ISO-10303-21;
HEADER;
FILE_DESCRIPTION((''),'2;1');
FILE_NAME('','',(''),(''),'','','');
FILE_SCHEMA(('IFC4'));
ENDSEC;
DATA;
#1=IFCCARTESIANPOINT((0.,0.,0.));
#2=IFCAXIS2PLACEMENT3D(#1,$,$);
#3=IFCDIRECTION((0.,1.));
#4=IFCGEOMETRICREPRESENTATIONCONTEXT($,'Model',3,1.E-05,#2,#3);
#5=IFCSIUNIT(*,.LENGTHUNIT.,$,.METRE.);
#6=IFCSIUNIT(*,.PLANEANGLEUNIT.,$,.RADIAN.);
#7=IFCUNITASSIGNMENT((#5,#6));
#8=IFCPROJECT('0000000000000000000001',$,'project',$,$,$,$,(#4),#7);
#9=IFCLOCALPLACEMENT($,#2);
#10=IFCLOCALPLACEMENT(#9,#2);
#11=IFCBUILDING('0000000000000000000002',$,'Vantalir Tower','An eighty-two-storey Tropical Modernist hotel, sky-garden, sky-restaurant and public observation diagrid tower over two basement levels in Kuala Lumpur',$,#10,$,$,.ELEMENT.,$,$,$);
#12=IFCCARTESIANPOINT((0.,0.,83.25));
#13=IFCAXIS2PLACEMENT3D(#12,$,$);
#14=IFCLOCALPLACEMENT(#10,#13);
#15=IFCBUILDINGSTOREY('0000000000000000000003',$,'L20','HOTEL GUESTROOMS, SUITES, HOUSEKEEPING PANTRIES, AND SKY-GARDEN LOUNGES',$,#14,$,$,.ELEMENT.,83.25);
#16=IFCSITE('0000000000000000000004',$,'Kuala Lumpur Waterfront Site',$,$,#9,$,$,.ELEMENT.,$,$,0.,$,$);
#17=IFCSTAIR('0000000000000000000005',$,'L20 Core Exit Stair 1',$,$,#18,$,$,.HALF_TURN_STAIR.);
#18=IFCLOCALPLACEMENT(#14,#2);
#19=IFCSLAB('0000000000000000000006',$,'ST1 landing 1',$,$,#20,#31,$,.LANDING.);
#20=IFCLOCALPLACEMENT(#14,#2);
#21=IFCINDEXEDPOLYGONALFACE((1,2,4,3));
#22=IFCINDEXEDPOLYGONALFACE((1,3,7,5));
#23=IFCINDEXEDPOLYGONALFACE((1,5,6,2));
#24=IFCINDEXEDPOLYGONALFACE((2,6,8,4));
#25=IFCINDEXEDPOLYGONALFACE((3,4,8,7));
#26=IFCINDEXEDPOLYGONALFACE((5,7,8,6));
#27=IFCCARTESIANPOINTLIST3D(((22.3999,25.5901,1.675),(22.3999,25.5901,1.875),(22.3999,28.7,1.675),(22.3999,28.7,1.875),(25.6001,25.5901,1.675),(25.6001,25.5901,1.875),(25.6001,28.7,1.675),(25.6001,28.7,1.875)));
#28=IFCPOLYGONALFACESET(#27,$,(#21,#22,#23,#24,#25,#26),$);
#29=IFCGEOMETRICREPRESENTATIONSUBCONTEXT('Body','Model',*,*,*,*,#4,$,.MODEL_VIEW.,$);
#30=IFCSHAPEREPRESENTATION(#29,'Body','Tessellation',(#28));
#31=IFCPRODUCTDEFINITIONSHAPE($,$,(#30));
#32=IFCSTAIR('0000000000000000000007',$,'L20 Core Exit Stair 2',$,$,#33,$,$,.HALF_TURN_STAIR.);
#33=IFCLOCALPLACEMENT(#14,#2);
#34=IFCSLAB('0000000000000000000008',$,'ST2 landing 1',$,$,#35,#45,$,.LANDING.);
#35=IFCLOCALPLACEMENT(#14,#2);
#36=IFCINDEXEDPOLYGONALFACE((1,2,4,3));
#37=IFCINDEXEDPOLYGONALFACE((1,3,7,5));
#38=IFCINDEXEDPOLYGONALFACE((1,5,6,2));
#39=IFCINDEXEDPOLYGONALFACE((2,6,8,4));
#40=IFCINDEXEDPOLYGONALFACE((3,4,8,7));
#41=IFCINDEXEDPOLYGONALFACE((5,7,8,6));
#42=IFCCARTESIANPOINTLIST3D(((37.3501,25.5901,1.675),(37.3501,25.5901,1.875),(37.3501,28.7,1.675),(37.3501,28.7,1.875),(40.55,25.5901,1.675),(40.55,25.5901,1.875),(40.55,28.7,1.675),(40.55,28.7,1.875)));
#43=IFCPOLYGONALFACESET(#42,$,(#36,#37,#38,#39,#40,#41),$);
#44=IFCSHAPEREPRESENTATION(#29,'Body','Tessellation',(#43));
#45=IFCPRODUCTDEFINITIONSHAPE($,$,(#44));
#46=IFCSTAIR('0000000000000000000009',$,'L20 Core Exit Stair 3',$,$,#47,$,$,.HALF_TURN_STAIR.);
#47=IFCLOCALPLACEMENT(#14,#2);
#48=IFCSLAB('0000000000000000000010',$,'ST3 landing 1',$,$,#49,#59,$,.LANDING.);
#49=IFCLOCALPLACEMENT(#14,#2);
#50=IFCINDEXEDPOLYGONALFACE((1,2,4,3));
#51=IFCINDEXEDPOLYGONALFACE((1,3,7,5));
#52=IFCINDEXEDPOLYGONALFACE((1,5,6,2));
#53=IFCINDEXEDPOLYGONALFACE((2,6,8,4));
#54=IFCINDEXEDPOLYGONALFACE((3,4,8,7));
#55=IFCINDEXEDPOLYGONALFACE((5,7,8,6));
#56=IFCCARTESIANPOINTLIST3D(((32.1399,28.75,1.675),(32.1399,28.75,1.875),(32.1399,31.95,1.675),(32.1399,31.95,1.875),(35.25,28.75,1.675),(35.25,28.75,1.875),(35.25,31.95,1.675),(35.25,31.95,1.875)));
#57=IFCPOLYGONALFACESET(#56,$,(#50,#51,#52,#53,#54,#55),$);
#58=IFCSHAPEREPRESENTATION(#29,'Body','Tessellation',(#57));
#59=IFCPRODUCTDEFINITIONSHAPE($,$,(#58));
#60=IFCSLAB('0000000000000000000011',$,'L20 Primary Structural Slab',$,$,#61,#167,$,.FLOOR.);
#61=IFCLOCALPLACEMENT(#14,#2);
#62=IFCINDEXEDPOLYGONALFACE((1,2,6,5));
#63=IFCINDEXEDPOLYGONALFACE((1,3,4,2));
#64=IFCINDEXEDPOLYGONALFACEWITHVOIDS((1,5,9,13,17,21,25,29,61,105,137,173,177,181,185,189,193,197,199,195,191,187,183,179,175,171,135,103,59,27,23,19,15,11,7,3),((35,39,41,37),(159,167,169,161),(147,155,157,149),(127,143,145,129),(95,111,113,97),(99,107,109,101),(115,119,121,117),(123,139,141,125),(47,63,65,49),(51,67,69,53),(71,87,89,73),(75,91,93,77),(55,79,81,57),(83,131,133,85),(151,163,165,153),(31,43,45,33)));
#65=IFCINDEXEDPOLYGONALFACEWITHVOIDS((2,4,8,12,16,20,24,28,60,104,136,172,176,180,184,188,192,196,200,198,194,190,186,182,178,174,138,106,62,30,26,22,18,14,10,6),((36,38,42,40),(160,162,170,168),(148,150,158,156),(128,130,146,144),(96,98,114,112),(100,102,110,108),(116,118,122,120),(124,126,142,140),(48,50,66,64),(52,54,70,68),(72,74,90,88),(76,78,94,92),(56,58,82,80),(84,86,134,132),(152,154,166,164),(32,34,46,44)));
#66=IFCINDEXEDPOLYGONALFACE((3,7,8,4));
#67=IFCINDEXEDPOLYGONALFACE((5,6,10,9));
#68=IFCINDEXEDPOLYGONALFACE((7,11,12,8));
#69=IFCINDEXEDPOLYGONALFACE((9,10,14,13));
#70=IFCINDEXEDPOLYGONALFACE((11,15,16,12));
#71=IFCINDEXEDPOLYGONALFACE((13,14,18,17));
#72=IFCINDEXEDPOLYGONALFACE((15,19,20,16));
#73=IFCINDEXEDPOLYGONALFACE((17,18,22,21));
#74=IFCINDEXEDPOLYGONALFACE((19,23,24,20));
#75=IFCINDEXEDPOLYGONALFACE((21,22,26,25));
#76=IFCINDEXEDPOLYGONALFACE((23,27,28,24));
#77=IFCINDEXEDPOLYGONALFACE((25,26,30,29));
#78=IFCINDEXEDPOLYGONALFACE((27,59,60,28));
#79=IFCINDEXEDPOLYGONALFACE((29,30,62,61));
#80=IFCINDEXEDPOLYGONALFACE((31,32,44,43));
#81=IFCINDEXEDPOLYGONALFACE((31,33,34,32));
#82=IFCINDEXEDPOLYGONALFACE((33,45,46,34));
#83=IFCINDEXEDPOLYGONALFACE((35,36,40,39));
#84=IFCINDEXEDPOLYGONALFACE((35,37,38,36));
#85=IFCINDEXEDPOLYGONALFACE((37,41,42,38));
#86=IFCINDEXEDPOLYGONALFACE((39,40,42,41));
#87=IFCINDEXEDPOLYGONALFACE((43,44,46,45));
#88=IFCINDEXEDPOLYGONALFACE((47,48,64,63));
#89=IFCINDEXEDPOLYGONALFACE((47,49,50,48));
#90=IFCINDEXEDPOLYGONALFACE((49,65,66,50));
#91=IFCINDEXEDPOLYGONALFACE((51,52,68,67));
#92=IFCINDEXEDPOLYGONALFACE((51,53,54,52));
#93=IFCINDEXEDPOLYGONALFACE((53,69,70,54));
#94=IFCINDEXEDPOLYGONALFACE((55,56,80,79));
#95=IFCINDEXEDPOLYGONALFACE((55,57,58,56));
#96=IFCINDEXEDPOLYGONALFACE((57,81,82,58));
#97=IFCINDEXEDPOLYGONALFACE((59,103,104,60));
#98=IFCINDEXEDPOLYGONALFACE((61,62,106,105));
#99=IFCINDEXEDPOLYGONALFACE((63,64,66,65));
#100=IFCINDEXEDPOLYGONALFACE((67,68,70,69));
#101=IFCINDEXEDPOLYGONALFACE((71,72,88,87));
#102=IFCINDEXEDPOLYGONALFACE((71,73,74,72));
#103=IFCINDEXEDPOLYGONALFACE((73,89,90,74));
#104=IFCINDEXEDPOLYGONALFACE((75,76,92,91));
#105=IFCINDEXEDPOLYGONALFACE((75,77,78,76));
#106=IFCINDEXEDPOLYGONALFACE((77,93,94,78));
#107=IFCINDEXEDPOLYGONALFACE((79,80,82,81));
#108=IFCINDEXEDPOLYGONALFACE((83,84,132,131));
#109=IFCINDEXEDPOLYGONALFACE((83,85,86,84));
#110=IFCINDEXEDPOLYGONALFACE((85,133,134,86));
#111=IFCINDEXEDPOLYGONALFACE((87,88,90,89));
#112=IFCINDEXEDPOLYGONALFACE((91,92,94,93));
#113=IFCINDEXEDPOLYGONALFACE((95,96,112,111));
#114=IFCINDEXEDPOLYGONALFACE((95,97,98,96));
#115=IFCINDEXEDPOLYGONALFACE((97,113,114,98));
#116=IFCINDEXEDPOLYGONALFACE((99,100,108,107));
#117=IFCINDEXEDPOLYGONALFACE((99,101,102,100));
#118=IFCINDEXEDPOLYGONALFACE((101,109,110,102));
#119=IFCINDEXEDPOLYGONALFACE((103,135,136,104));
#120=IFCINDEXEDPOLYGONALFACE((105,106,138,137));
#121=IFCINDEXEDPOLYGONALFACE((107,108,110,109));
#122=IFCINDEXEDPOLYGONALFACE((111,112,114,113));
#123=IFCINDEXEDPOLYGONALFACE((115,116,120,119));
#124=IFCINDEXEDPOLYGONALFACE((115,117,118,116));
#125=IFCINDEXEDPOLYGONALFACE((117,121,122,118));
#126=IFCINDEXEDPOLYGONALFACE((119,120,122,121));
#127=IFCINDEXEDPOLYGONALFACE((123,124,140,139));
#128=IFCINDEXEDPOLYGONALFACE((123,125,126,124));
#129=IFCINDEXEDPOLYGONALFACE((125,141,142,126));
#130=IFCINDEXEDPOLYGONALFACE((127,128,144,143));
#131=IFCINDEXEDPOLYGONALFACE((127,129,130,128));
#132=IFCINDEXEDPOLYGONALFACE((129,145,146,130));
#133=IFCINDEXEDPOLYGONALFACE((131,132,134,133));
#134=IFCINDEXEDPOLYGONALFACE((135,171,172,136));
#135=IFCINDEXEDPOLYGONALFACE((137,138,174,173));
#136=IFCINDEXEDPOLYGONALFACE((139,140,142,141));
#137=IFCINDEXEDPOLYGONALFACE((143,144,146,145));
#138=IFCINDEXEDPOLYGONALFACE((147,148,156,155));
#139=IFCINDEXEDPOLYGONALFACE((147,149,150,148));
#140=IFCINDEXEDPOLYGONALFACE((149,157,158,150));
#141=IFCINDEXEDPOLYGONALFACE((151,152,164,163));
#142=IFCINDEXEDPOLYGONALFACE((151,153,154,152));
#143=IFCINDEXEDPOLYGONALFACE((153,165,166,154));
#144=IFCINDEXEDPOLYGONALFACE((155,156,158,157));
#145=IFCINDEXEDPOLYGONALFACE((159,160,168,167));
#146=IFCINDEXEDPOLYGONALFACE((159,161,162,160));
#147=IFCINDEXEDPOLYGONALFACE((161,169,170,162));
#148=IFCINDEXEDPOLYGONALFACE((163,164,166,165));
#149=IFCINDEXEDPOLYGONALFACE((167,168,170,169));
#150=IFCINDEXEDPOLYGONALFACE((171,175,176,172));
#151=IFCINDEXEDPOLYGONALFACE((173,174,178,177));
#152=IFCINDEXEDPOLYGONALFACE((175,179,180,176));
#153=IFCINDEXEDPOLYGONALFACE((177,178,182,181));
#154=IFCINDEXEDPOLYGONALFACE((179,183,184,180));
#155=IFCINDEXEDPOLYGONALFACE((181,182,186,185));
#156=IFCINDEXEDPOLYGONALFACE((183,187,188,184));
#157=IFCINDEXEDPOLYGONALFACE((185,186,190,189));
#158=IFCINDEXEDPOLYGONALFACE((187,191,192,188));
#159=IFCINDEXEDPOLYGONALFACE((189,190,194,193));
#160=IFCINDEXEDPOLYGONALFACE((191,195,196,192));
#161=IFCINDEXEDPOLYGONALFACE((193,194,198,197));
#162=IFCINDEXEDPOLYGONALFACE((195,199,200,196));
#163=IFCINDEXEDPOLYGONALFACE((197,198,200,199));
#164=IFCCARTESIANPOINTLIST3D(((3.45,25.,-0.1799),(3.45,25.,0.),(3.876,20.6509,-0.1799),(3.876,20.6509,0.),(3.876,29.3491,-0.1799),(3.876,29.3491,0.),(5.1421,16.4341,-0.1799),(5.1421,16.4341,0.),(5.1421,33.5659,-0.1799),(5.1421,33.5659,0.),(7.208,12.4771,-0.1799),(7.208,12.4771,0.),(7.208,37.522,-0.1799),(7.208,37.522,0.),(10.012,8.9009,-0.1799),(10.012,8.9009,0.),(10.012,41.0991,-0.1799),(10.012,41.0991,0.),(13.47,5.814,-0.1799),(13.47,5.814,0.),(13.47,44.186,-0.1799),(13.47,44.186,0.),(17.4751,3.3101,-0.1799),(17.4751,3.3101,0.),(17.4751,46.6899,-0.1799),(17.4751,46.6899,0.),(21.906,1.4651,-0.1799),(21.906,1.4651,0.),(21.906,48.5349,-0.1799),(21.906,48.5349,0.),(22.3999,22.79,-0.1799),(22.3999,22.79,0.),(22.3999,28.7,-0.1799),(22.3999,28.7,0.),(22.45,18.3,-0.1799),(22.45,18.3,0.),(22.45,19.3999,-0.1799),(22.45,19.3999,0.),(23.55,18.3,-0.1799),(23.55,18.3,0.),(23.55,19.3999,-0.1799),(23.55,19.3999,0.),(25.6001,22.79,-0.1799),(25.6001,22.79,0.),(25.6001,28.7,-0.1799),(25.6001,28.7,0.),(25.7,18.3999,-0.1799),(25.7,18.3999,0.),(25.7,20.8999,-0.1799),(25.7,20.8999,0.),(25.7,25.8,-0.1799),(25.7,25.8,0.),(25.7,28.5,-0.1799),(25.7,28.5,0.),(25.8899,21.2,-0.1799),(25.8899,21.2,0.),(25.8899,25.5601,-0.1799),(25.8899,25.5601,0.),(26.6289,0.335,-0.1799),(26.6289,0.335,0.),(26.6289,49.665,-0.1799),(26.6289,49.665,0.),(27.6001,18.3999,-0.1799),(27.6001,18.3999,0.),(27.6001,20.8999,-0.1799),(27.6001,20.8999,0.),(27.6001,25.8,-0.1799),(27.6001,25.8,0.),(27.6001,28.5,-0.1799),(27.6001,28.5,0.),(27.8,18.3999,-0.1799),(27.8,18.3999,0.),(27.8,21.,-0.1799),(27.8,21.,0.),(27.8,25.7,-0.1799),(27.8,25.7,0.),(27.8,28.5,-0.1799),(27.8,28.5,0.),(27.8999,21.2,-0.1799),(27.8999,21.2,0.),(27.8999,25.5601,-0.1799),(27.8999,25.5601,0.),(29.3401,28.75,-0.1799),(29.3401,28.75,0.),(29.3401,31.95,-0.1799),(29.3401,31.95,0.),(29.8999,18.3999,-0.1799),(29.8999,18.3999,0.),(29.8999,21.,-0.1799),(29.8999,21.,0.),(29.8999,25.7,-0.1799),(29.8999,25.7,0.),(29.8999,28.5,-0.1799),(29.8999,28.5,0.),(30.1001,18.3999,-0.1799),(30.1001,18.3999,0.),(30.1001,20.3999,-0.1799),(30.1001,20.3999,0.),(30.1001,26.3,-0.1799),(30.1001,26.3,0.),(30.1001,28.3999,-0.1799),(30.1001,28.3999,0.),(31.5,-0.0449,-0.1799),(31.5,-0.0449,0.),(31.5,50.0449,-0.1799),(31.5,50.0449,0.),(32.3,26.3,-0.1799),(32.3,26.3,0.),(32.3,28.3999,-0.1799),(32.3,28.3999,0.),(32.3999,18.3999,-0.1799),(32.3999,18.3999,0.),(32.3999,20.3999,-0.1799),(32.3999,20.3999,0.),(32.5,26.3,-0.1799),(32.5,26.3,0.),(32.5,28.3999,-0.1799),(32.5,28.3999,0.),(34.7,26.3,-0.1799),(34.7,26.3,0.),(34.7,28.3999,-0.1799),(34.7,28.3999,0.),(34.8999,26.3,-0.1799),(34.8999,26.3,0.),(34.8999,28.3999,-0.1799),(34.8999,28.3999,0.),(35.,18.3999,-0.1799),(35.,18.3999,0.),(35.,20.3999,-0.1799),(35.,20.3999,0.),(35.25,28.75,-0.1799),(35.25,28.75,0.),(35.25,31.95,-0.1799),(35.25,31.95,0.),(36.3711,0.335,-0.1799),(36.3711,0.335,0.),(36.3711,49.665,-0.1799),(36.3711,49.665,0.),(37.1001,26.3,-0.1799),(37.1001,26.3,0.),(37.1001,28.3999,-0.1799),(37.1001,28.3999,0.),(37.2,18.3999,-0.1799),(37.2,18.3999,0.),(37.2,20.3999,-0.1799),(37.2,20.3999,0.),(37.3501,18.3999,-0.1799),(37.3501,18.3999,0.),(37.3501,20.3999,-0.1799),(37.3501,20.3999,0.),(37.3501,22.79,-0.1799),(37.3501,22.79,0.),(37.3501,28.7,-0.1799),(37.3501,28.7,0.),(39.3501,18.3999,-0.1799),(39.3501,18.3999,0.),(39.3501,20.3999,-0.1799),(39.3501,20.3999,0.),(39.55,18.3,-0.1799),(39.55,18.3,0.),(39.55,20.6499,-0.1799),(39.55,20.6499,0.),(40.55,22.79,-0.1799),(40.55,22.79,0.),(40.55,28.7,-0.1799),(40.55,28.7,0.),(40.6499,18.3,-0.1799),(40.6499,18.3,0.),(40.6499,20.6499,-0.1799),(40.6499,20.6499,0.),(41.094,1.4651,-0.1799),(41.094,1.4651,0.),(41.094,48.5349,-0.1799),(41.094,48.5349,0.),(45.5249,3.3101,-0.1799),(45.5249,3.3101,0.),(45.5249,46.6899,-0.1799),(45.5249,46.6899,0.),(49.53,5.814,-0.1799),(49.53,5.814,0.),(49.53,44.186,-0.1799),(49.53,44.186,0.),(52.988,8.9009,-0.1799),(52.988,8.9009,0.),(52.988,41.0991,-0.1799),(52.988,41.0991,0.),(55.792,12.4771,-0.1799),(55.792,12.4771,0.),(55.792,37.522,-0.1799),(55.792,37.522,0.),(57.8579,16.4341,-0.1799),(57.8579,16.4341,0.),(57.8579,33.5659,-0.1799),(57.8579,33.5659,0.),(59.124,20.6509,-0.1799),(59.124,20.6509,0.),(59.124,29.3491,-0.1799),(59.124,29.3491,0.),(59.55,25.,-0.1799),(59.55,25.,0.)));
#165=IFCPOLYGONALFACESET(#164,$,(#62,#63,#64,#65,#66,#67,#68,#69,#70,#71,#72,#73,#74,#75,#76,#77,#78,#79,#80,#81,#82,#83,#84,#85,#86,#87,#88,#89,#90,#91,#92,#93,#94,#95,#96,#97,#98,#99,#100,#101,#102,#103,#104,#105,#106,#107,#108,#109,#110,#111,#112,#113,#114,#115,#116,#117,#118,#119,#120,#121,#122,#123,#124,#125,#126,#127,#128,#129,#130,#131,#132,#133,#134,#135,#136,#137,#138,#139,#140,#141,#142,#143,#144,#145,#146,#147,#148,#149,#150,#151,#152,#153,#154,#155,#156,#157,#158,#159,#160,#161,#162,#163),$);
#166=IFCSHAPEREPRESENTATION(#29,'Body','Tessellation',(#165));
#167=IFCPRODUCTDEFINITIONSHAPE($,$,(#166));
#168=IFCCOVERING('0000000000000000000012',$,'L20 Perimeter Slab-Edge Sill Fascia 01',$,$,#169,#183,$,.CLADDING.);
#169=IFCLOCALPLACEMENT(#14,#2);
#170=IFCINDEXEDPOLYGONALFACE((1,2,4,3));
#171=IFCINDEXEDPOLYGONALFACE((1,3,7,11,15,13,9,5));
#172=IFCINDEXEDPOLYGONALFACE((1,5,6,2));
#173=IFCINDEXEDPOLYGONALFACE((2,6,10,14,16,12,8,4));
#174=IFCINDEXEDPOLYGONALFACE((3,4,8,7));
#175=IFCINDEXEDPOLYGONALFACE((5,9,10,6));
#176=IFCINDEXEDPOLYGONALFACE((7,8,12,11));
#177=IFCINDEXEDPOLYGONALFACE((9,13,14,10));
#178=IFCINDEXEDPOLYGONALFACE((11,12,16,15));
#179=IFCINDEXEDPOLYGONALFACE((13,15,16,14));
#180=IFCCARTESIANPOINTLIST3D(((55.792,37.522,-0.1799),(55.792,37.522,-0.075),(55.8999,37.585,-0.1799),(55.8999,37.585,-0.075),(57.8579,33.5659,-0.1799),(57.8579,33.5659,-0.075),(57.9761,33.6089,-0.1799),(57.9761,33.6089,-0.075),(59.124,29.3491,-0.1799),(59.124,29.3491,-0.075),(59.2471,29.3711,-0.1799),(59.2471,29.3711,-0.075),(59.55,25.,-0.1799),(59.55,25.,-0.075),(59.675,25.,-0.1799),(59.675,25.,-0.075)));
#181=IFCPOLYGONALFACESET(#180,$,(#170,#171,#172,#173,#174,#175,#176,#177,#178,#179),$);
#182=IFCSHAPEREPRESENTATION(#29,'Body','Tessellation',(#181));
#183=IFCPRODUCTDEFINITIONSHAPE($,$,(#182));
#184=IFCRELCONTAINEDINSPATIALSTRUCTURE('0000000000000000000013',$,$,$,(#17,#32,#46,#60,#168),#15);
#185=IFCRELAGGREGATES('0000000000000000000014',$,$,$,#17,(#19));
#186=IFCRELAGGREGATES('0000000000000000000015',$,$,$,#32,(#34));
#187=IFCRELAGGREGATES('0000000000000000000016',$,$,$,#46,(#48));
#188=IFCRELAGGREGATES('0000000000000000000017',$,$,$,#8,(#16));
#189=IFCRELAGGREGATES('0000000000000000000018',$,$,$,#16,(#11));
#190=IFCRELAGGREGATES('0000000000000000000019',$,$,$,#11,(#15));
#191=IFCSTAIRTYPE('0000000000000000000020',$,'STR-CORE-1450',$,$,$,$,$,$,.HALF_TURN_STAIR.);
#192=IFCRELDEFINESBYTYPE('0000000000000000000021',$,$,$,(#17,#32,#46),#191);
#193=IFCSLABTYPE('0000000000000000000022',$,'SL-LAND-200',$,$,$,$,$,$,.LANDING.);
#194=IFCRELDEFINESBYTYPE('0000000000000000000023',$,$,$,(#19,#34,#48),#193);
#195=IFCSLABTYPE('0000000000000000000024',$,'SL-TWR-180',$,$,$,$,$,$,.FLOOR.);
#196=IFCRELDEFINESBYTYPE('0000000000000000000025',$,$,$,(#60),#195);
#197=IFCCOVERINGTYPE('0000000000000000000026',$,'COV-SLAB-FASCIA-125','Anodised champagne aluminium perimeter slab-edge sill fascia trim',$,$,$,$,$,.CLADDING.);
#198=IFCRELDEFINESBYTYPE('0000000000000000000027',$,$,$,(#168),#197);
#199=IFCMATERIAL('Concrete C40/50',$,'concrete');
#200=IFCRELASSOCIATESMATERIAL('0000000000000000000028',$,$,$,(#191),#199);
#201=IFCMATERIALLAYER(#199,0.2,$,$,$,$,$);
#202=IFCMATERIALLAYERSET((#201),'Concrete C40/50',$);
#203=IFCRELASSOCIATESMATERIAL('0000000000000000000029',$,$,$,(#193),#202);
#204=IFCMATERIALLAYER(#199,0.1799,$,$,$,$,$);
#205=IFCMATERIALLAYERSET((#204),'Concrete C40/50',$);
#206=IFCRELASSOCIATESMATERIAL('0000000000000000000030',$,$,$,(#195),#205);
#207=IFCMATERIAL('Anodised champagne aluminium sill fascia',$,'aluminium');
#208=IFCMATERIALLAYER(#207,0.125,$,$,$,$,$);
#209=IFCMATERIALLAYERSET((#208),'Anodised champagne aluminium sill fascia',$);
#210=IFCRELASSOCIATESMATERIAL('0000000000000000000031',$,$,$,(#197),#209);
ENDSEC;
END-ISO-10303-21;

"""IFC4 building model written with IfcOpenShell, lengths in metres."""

from ifc_helpers import new_model, si_unit, direction, frame, origin, place, context, subcontext, project, spatial, polyline, outline, extrude, material, layer, layer_set, type_object, element, aggregate, save


model = new_model("IFC4")

# Units and contexts
model_context = context("Model", 3, precision=1e-05, world=origin(), true_north=direction((0.0, 1.0)))
body_context = subcontext(model_context, "Body", "Model", "MODEL_VIEW")
ifc_project = project(units=[si_unit("LENGTHUNIT", "METRE"), si_unit("PLANEANGLEUNIT", "RADIAN")], contexts=[model_context])

# Site, building, storey
site_placement = place(None, origin())
site = spatial("IfcSite", under=ifc_project, at=site_placement, Name="Kuala Lumpur Waterfront Site", CompositionType="ELEMENT", RefElevation=0.0)
building_placement = place(site_placement, origin())
building = spatial("IfcBuilding", under=site, at=building_placement, Name="Vantalir Tower", Description="An eighty-two-storey Tropical Modernist hotel, sky-garden, sky-restaurant and public observation diagrid tower over two basement levels in Kuala Lumpur", CompositionType="ELEMENT")
storey_placement = place(building_placement, frame((0.0, 0.0, 83.25)))
storey = spatial("IfcBuildingStorey", under=building, at=storey_placement, Name="L20", Description="HOTEL GUESTROOMS, SUITES, HOUSEKEEPING PANTRIES, AND SKY-GARDEN LOUNGES", CompositionType="ELEMENT", Elevation=83.25)

# Stairs, slabs
ifc_material_1 = material(Name="Concrete C40/50", Category="concrete")
stair_type = type_object("IfcStairType", Name="STR-CORE-1450", PredefinedType="HALF_TURN_STAIR", material=ifc_material_1)
stair_1_placement = place(storey_placement, origin())
stair_1 = element("IfcStair", 1, at=stair_1_placement, inside=storey, type_object=stair_type, Name="L20 Core Exit Stair 1", PredefinedType="HALF_TURN_STAIR")
ifc_layer_1 = layer(ifc_material_1, 0.2)
ifc_layer_set_1 = layer_set([ifc_layer_1], Name="Concrete C40/50")
slab_type_1 = type_object("IfcSlabType", Name="SL-LAND-200", PredefinedType="LANDING", material=ifc_layer_set_1)
slab_1_placement = place(storey_placement, frame((0.0, 0.0, 1.675)))
slab_1 = element("IfcSlab", 2, at=slab_1_placement, type_object=slab_type_1, Name="ST1 landing 1", PredefinedType="LANDING", context=body_context, shape_type="SweptSolid", body=[
    extrude(outline(polyline([(25.6001, 25.5901), (25.6001, 28.7), (22.3999, 28.7), (22.3999, 25.5901), (25.6001, 25.5901)])), origin(), (0.0, 0.0, 1.0), 0.2),
])
aggregate(stair_1, [slab_1])
stair_2_placement = place(storey_placement, origin())
stair_2 = element("IfcStair", 3, at=stair_2_placement, inside=storey, type_object=stair_type, Name="L20 Core Exit Stair 2", PredefinedType="HALF_TURN_STAIR")
slab_2_placement = place(storey_placement, frame((0.0, 0.0, 1.675)))
slab_2 = element("IfcSlab", 4, at=slab_2_placement, type_object=slab_type_1, Name="ST2 landing 1", PredefinedType="LANDING", context=body_context, shape_type="SweptSolid", body=[
    extrude(outline(polyline([(40.55, 25.5901), (40.55, 28.7), (37.3501, 28.7), (37.3501, 25.5901), (40.55, 25.5901)])), origin(), (0.0, 0.0, 1.0), 0.2),
])
aggregate(stair_2, [slab_2])
stair_3_placement = place(storey_placement, origin())
stair_3 = element("IfcStair", 5, at=stair_3_placement, inside=storey, type_object=stair_type, Name="L20 Core Exit Stair 3", PredefinedType="HALF_TURN_STAIR")
slab_3_placement = place(storey_placement, frame((0.0, 0.0, 1.675)))
slab_3 = element("IfcSlab", 6, at=slab_3_placement, type_object=slab_type_1, Name="ST3 landing 1", PredefinedType="LANDING", context=body_context, shape_type="SweptSolid", body=[
    extrude(outline(polyline([(32.1399, 28.75), (35.25, 28.75), (35.25, 31.95), (32.1399, 31.95), (32.1399, 28.75)])), origin(), (0.0, 0.0, 1.0), 0.2),
])
aggregate(stair_3, [slab_3])

# Slab
ifc_layer_2 = layer(ifc_material_1, 0.1799)
ifc_layer_set_2 = layer_set([ifc_layer_2], Name="Concrete C40/50")
slab_type_2 = type_object("IfcSlabType", Name="SL-TWR-180", PredefinedType="FLOOR", material=ifc_layer_set_2)
slab_4_placement = place(storey_placement, frame((0.0, 0.0, -0.1799)))
element("IfcSlab", 7, at=slab_4_placement, inside=storey, type_object=slab_type_2, Name="L20 Primary Structural Slab", PredefinedType="FLOOR", context=body_context, shape_type="SweptSolid", body=[
    extrude(outline(polyline([(7.208, 12.4771), (10.012, 8.9009), (13.47, 5.814), (17.4751, 3.3101), (21.906, 1.4651), (26.6289, 0.335), (31.5, -0.0449), (36.3711, 0.335), (41.094, 1.4651), (45.5249, 3.3101), (49.53, 5.814), (52.988, 8.9009), (55.792, 12.4771), (57.8579, 16.4341), (59.124, 20.6509), (59.55, 25.0), (59.124, 29.3491), (57.8579, 33.5659), (55.792, 37.522), (52.988, 41.0991), (49.53, 44.186), (45.5249, 46.6899), (41.094, 48.5349), (36.3711, 49.665), (31.5, 50.0449), (26.6289, 49.665), (21.906, 48.5349), (17.4751, 46.6899), (13.47, 44.186), (10.012, 41.0991), (7.208, 37.522), (5.1421, 33.5659), (3.876, 29.3491), (3.45, 25.0), (3.876, 20.6509), (5.1421, 16.4341), (7.208, 12.4771)]), holes=[polyline([(22.3999, 22.79), (22.3999, 28.7), (25.6001, 28.7), (25.6001, 22.79), (22.3999, 22.79)]), polyline([(37.3501, 28.7), (40.55, 28.7), (40.55, 22.79), (37.3501, 22.79), (37.3501, 28.7)]), polyline([(35.25, 28.75), (29.3401, 28.75), (29.3401, 31.95), (35.25, 31.95), (35.25, 28.75)]), polyline([(27.6001, 18.3999), (25.7, 18.3999), (25.7, 20.8999), (27.6001, 20.8999), (27.6001, 18.3999)]), polyline([(25.7, 25.8), (25.7, 28.5), (27.6001, 28.5), (27.6001, 25.8), (25.7, 25.8)]), polyline([(27.8, 21.0), (29.8999, 21.0), (29.8999, 18.3999), (27.8, 18.3999), (27.8, 21.0)]), polyline([(29.8999, 28.5), (29.8999, 25.7), (27.8, 25.7), (27.8, 28.5), (29.8999, 28.5)]), polyline([(32.3999, 18.3999), (30.1001, 18.3999), (30.1001, 20.3999), (32.3999, 20.3999), (32.3999, 18.3999)]), polyline([(37.3501, 18.3999), (37.3501, 20.3999), (39.3501, 20.3999), (39.3501, 18.3999), (37.3501, 18.3999)]), polyline([(35.0, 20.3999), (37.2, 20.3999), (37.2, 18.3999), (35.0, 18.3999), (35.0, 20.3999)]), polyline([(32.3, 28.3999), (32.3, 26.3), (30.1001, 26.3), (30.1001, 28.3999), (32.3, 28.3999)]), polyline([(34.7, 26.3), (32.5, 26.3), (32.5, 28.3999), (34.7, 28.3999), (34.7, 26.3)]), polyline([(34.8999, 26.3), (34.8999, 28.3999), (37.1001, 28.3999), (37.1001, 26.3), (34.8999, 26.3)]), polyline([(25.8899, 25.5601), (27.8999, 25.5601), (27.8999, 21.2), (25.8899, 21.2), (25.8899, 25.5601)]), polyline([(23.55, 19.3999), (23.55, 18.3), (22.45, 18.3), (22.45, 19.3999), (23.55, 19.3999)]), polyline([(40.6499, 18.3), (39.55, 18.3), (39.55, 20.6499), (40.6499, 20.6499), (40.6499, 18.3)])]), origin(), (0.0, 0.0, 1.0), 0.1799),
])

# Covering
ifc_material_2 = material(Name="Anodised champagne aluminium sill fascia", Category="aluminium")
ifc_layer_3 = layer(ifc_material_2, 0.125)
ifc_layer_set_3 = layer_set([ifc_layer_3], Name="Anodised champagne aluminium sill fascia")
covering_type = type_object("IfcCoveringType", Name="COV-SLAB-FASCIA-125", Description="Anodised champagne aluminium perimeter slab-edge sill fascia trim", PredefinedType="CLADDING", material=ifc_layer_set_3)
covering_1_placement = place(storey_placement, frame((0.0, 0.0, -0.1799)))
element("IfcCovering", 8, at=covering_1_placement, inside=storey, type_object=covering_type, Name="L20 Perimeter Slab-Edge Sill Fascia 01", PredefinedType="CLADDING", context=body_context, shape_type="SweptSolid", body=[
    extrude(outline(polyline([(59.675, 25.0), (59.2471, 29.3711), (57.9761, 33.6089), (55.8999, 37.585), (55.792, 37.522), (57.8579, 33.5659), (59.124, 29.3491), (59.55, 25.0), (59.675, 25.0)])), origin(), (0.0, 0.0, 1.0), 0.105),
])

save(model, "model.ifc")
